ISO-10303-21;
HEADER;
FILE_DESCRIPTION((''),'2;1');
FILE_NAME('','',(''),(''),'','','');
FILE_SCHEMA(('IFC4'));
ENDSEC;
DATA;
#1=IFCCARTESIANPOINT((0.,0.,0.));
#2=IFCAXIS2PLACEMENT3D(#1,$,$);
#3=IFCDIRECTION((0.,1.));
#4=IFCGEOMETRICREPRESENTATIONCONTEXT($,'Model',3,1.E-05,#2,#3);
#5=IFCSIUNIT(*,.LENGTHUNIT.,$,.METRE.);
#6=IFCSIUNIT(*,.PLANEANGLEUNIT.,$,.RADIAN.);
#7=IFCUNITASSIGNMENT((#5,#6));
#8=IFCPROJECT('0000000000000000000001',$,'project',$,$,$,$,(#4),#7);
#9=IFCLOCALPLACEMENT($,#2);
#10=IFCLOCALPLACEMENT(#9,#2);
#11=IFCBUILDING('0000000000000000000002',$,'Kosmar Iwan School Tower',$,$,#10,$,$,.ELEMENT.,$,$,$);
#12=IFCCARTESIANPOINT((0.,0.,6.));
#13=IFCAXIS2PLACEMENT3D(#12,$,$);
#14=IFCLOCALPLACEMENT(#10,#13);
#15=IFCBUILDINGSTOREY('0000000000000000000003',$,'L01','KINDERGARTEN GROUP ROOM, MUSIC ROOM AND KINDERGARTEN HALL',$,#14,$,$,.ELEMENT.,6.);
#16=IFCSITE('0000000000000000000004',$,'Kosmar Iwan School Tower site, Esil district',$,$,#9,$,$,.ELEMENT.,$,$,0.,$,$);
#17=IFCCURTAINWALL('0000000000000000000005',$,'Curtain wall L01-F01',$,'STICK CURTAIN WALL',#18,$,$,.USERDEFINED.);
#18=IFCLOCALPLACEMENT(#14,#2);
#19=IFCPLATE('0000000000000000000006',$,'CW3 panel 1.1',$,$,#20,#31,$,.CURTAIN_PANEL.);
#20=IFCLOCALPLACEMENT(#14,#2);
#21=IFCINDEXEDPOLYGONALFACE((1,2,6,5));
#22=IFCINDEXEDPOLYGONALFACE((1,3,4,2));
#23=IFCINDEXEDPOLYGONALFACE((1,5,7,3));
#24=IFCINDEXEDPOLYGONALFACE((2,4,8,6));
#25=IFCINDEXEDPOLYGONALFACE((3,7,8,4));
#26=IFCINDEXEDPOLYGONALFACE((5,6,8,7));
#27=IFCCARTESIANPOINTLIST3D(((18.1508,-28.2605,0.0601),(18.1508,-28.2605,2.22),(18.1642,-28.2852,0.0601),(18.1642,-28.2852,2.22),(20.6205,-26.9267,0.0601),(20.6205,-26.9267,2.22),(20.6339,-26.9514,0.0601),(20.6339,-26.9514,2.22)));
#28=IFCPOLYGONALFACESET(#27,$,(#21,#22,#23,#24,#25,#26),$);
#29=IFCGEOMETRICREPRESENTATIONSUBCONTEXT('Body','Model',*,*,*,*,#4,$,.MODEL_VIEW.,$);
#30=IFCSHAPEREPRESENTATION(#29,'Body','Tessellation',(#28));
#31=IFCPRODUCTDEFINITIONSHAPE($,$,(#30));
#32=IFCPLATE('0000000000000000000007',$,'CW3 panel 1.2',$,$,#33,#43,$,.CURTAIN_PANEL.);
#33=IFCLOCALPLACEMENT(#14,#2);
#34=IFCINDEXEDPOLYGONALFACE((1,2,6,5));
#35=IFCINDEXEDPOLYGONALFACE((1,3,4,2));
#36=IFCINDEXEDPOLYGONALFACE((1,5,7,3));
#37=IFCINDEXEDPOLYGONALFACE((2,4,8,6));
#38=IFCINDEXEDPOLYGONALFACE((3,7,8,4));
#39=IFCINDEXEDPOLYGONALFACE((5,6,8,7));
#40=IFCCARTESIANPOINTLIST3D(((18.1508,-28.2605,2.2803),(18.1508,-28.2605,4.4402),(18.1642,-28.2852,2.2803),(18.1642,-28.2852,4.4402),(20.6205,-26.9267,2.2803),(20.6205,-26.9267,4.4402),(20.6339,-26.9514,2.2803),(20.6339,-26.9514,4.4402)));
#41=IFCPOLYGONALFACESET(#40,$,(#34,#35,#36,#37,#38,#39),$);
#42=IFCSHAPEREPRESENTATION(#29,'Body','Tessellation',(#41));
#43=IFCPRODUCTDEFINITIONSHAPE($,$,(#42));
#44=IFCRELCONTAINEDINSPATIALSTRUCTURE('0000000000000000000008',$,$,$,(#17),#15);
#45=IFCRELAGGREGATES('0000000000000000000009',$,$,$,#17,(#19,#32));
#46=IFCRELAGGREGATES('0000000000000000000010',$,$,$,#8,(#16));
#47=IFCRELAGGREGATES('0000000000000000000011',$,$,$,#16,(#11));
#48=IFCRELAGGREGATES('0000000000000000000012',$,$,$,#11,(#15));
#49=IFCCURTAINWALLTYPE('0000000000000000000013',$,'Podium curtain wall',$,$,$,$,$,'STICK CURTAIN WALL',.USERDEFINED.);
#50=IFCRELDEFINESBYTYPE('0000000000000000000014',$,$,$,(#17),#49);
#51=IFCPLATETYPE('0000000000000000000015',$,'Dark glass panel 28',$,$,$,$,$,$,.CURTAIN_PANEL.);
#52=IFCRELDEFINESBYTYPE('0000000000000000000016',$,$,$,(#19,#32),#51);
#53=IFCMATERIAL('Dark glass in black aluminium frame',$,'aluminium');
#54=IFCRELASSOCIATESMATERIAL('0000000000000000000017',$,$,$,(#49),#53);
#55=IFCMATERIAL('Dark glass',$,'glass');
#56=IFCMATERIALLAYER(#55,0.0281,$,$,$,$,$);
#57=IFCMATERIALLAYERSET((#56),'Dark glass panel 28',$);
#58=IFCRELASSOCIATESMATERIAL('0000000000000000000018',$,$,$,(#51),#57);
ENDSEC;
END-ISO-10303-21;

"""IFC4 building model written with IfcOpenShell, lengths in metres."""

from ifc_helpers import new_model, si_unit, direction, frame, origin, origin_2d, place, context, subcontext, project, spatial, rectangle, extrude, material, layer, layer_set, type_object, element, aggregate, save


model = new_model("IFC4")

# Units and contexts
model_context = context("Model", 3, precision=1e-05, world=origin(), true_north=direction((0.0, 1.0)))
body_context = subcontext(model_context, "Body", "Model", "MODEL_VIEW")
ifc_project = project(units=[si_unit("LENGTHUNIT", "METRE"), si_unit("PLANEANGLEUNIT", "RADIAN")], contexts=[model_context])

# Site, building, storey
site_placement = place(None, origin())
site = spatial("IfcSite", under=ifc_project, at=site_placement, Name="Kosmar Iwan School Tower site, Esil district", CompositionType="ELEMENT", RefElevation=0.0)
building_placement = place(site_placement, origin())
building = spatial("IfcBuilding", under=site, at=building_placement, Name="Kosmar Iwan School Tower", CompositionType="ELEMENT")
storey_placement = place(building_placement, frame((0.0, 0.0, 6.0)))
storey = spatial("IfcBuildingStorey", under=building, at=storey_placement, Name="L01", Description="KINDERGARTEN GROUP ROOM, MUSIC ROOM AND KINDERGARTEN HALL", CompositionType="ELEMENT", Elevation=6.0)

# Curtain wall
ifc_material_1 = material(Name="Dark glass in black aluminium frame", Category="aluminium")
curtain_wall_type = type_object("IfcCurtainWallType", Name="Podium curtain wall", ElementType="STICK CURTAIN WALL", PredefinedType="USERDEFINED", material=ifc_material_1)
curtain_wall_1_placement = place(storey_placement, origin())
curtain_wall_1 = element("IfcCurtainWall", 1, at=curtain_wall_1_placement, inside=storey, type_object=curtain_wall_type, Name="Curtain wall L01-F01", ObjectType="STICK CURTAIN WALL", PredefinedType="USERDEFINED")

# Plates
ifc_material_2 = material(Name="Dark glass", Category="glass")
ifc_layer = layer(ifc_material_2, 0.0281)
ifc_layer_set = layer_set([ifc_layer], Name="Dark glass panel 28")
plate_type = type_object("IfcPlateType", Name="Dark glass panel 28", PredefinedType="CURTAIN_PANEL", material=ifc_layer_set)
plate_1_placement = place(storey_placement, frame((19.3923, -27.606, 0.0601), z_axis=(0.0, 0.0, 1.0), x_axis=(0.879869, 0.475215, 0.0)))
plate_1 = element("IfcPlate", 2, at=plate_1_placement, type_object=plate_type, Name="CW3 panel 1.1", PredefinedType="CURTAIN_PANEL", context=body_context, shape_type="SweptSolid", body=[
    extrude(rectangle(XDim=2.8069, YDim=0.0281, at=origin_2d()), origin(), (0.0, 0.0, 1.0), 2.1599),
])
plate_2_placement = place(storey_placement, frame((19.3923, -27.606, 2.2803), z_axis=(0.0, 0.0, 1.0), x_axis=(0.879869, 0.475215, 0.0)))
plate_2 = element("IfcPlate", 3, at=plate_2_placement, type_object=plate_type, Name="CW3 panel 1.2", PredefinedType="CURTAIN_PANEL", context=body_context, shape_type="SweptSolid", body=[
    extrude(rectangle(XDim=2.8069, YDim=0.0281, at=origin_2d()), origin(), (0.0, 0.0, 1.0), 2.1599),
])
aggregate(curtain_wall_1, [plate_1, plate_2])

save(model, "model.ifc")
